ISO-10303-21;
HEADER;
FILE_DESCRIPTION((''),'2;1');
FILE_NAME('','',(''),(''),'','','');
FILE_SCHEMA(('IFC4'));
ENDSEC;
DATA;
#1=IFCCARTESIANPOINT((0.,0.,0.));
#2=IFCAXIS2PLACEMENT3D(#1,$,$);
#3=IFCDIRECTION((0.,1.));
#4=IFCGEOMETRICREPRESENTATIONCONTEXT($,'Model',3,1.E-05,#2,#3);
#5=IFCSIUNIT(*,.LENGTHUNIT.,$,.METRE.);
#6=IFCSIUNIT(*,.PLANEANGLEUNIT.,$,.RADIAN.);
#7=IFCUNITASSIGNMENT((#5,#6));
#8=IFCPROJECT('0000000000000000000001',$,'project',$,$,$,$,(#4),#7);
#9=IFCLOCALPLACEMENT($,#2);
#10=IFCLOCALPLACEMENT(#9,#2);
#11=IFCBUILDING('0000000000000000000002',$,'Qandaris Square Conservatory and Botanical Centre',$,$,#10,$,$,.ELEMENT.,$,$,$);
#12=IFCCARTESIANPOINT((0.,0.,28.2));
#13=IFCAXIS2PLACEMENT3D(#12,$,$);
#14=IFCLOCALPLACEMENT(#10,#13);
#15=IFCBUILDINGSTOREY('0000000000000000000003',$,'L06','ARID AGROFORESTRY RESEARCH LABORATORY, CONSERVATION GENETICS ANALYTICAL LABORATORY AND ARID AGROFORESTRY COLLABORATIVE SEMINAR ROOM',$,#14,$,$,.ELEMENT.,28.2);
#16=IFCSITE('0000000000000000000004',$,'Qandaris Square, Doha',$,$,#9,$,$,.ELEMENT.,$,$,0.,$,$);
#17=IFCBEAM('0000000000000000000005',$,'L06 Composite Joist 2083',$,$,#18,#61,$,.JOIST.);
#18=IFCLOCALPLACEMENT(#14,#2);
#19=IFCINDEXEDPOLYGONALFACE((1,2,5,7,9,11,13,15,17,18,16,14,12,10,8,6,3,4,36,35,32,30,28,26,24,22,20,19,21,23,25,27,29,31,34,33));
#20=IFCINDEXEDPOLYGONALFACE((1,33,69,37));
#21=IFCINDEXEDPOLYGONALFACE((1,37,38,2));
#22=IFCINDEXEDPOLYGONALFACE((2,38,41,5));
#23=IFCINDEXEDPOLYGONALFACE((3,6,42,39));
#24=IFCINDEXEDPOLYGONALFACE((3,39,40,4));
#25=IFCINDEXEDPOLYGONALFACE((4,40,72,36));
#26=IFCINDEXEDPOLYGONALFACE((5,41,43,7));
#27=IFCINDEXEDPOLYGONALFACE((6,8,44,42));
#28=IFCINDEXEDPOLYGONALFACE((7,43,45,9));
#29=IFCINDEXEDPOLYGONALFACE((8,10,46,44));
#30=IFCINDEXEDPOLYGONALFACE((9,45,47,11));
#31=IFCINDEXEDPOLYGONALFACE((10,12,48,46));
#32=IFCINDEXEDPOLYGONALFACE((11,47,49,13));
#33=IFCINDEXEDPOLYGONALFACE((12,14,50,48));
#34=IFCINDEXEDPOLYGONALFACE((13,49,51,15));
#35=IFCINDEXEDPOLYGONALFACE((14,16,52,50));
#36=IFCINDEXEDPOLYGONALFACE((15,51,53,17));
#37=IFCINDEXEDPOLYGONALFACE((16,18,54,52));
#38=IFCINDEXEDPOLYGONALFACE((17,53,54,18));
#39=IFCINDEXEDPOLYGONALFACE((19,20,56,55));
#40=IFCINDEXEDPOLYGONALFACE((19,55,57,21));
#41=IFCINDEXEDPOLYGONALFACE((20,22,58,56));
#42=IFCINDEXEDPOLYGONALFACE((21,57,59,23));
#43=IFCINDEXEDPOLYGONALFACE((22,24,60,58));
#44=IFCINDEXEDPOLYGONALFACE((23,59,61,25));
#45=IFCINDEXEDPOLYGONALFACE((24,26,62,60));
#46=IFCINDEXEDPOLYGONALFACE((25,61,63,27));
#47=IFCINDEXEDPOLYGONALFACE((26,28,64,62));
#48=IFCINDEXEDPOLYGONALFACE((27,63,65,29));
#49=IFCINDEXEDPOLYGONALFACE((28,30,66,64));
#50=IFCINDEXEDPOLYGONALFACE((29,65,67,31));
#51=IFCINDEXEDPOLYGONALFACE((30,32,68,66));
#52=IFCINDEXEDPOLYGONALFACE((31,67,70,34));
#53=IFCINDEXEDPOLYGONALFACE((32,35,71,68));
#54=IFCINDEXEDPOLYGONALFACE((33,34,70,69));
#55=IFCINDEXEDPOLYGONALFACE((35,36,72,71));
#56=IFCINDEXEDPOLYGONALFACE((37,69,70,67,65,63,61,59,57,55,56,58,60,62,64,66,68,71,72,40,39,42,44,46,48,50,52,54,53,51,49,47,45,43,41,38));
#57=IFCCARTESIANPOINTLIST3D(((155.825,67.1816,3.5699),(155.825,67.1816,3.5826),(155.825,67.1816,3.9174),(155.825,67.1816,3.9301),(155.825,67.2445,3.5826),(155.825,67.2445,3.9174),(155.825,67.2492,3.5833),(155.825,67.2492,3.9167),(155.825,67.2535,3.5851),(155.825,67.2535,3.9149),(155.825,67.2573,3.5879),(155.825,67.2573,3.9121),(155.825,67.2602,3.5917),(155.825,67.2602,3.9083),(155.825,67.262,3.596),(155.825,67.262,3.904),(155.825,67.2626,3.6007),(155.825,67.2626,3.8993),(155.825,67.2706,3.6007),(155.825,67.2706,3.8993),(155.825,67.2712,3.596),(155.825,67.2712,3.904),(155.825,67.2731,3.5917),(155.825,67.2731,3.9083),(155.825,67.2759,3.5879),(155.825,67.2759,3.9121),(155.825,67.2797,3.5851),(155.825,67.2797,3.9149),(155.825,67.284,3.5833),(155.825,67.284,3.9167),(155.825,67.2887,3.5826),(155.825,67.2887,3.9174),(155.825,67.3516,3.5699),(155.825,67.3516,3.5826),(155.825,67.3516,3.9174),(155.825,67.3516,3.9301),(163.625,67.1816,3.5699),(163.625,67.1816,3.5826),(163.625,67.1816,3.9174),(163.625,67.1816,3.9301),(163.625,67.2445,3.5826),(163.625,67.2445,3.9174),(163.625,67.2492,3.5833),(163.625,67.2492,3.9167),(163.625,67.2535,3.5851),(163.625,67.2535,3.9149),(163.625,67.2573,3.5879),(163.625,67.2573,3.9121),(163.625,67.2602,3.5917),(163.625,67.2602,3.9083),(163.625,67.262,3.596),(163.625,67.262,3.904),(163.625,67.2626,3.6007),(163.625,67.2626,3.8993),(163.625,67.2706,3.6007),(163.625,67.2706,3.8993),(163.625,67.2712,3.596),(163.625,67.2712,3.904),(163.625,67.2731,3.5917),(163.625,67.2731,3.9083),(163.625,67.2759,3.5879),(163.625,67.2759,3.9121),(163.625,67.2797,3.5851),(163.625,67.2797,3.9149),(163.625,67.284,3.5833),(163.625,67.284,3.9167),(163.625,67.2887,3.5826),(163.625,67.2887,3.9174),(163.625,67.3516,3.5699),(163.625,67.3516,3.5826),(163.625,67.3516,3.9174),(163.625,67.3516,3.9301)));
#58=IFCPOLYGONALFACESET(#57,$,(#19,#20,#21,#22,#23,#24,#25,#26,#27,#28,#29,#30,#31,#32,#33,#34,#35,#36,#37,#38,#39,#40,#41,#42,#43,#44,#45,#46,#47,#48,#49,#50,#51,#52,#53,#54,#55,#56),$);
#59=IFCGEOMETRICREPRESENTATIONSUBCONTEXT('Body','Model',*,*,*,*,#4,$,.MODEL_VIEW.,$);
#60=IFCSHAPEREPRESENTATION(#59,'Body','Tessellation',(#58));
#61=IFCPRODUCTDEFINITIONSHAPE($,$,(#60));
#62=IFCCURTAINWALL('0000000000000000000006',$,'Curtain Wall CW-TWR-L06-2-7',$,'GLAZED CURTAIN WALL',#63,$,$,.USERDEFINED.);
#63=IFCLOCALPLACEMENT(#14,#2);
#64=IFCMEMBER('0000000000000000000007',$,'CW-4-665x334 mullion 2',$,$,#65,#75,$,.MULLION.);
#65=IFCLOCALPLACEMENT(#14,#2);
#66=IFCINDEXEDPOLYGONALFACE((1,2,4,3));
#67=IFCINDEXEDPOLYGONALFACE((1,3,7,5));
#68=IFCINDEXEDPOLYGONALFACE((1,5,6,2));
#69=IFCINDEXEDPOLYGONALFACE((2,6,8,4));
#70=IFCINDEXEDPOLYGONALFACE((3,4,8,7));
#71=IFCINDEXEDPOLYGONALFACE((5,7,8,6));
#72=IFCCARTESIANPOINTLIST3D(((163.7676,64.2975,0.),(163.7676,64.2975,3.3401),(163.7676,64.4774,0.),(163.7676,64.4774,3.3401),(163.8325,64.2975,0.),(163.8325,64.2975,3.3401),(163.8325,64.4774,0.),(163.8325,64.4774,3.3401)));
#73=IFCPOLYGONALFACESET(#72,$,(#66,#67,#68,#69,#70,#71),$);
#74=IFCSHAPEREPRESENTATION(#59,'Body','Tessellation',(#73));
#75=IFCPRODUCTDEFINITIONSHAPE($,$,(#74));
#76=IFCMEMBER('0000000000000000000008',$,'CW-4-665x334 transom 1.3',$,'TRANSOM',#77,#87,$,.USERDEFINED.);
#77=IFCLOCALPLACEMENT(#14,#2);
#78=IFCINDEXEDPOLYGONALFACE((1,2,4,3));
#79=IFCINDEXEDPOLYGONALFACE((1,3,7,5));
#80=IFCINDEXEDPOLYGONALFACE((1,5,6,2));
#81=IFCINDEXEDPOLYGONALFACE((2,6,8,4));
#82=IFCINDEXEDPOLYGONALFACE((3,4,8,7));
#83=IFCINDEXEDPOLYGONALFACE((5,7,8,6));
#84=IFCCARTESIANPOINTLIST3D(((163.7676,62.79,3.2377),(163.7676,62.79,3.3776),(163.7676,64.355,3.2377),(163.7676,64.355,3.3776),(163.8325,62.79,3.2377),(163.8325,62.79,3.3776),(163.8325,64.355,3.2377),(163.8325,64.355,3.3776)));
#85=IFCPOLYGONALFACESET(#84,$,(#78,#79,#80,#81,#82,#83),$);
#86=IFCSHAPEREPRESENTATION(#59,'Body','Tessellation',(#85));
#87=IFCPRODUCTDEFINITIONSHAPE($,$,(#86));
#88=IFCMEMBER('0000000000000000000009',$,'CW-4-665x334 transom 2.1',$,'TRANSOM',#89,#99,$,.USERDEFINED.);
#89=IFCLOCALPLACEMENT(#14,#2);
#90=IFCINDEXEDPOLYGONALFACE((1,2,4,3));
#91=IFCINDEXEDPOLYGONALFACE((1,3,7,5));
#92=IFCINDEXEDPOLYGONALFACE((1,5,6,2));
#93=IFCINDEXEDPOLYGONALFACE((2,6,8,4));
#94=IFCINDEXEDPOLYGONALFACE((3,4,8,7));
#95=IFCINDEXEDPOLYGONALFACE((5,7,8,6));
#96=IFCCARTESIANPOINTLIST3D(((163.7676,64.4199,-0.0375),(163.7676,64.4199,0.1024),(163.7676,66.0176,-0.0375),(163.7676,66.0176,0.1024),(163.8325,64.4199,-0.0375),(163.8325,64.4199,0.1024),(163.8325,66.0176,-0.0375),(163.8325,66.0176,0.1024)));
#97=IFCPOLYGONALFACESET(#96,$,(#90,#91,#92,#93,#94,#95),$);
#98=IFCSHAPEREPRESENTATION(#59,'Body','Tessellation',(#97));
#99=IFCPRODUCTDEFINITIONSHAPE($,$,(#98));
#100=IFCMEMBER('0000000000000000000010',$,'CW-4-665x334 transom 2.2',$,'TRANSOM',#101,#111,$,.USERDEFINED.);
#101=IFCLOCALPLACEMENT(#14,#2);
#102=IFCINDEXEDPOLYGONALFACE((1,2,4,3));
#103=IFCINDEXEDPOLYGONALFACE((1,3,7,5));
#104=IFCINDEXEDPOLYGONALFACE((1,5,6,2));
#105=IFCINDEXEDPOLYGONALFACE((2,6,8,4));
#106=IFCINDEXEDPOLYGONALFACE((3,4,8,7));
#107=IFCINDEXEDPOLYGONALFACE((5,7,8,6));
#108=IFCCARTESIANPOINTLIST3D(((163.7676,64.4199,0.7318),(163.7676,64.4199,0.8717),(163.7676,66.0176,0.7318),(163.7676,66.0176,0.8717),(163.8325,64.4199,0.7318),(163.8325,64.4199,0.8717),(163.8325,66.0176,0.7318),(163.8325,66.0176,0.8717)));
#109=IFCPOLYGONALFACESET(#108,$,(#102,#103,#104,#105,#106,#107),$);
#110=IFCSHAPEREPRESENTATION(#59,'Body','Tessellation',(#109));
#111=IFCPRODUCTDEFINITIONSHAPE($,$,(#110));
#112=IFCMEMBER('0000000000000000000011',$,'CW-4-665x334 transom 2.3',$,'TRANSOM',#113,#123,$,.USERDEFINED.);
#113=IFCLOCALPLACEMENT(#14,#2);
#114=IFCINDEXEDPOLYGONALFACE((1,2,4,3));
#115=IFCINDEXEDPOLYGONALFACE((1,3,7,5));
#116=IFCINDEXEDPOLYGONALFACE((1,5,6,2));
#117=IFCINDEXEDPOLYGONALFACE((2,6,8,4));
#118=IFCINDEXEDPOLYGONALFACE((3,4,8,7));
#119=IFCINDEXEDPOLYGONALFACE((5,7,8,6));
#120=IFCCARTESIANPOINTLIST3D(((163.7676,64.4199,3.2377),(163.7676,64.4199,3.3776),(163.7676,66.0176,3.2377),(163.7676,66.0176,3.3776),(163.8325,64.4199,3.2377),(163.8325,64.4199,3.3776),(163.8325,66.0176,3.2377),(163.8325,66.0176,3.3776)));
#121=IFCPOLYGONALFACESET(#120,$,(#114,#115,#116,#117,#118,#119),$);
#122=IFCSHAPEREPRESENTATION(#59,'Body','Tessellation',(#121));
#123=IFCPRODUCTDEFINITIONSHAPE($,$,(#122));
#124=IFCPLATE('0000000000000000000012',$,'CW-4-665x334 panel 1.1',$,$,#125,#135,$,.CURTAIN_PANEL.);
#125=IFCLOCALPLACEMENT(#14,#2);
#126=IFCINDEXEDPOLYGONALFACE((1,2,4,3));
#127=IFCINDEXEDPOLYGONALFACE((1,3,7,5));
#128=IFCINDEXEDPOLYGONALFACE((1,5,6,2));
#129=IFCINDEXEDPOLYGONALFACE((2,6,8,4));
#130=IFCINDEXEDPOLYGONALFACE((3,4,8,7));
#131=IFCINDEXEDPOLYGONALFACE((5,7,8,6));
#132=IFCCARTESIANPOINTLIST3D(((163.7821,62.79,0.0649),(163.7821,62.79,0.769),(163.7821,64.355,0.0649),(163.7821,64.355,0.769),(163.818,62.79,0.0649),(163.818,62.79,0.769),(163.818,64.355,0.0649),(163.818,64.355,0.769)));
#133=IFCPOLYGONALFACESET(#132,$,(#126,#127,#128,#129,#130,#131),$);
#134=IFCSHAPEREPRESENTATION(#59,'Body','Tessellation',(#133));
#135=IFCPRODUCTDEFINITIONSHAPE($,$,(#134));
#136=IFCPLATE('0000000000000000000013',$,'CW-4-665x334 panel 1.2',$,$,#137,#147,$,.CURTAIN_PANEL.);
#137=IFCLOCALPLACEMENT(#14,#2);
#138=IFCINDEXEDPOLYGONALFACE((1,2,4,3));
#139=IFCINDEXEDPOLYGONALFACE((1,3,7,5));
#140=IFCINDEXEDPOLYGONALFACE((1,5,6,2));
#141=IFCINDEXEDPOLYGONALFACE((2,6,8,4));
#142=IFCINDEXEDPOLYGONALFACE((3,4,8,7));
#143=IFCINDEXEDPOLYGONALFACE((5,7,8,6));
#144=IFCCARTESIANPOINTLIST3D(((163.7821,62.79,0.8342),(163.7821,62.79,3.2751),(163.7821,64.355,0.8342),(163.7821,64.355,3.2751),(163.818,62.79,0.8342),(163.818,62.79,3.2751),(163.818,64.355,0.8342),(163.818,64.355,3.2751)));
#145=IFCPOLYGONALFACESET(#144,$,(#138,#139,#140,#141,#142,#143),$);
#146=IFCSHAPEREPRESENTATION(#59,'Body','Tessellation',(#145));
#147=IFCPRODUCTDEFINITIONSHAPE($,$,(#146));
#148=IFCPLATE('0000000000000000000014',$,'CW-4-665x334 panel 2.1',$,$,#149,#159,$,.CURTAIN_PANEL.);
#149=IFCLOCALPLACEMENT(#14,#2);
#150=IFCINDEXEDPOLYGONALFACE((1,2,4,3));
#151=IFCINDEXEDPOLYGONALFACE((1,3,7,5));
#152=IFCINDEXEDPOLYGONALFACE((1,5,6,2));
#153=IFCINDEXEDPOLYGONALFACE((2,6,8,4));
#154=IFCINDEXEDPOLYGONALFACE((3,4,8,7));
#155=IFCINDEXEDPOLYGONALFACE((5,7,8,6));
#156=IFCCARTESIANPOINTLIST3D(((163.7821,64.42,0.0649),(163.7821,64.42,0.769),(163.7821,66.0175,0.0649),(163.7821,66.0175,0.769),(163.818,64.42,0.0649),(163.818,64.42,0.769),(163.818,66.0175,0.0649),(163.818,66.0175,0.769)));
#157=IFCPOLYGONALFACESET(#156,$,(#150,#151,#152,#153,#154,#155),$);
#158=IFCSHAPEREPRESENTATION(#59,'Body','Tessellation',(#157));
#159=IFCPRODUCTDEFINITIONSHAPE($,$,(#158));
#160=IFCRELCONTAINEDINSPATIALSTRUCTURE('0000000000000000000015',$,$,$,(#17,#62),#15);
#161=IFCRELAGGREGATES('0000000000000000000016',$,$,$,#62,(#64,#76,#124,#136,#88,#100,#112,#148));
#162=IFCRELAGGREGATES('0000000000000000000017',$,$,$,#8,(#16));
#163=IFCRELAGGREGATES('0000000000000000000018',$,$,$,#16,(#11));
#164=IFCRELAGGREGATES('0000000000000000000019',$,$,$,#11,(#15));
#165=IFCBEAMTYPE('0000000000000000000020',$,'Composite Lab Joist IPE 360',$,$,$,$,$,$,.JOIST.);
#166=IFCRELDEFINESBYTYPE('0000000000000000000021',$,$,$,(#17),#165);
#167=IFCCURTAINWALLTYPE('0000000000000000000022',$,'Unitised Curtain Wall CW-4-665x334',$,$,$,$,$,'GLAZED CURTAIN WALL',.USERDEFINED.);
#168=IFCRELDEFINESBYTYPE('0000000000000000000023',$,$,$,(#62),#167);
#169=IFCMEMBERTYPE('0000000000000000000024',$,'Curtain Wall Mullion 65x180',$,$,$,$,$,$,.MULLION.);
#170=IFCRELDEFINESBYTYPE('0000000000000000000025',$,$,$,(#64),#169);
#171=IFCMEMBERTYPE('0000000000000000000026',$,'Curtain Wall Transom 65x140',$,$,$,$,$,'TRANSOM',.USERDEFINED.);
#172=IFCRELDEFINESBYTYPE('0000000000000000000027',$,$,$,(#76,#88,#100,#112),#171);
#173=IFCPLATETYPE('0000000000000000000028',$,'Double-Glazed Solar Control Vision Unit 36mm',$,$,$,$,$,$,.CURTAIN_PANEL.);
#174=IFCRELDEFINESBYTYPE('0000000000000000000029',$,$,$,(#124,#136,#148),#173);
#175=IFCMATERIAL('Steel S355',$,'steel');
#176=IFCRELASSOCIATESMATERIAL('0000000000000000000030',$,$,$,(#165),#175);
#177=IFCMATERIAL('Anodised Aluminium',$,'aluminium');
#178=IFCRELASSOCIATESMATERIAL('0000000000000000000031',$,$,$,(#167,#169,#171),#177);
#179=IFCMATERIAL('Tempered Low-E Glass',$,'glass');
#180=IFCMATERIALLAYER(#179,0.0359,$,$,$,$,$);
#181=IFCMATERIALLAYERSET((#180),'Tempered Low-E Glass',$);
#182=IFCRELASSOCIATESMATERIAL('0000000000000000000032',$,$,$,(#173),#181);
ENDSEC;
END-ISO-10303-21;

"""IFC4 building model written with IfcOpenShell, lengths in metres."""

from ifc_helpers import new_model, si_unit, direction, frame, origin, origin_2d, place, context, subcontext, project, spatial, rectangle, i_section, extrude, material, layer, layer_set, material_profile, profile_set, type_object, element, aggregate, save


model = new_model("IFC4")

# Units and contexts
model_context = context("Model", 3, precision=1e-05, world=origin(), true_north=direction((0.0, 1.0)))
body_context = subcontext(model_context, "Body", "Model", "MODEL_VIEW")
ifc_project = project(units=[si_unit("LENGTHUNIT", "METRE"), si_unit("PLANEANGLEUNIT", "RADIAN")], contexts=[model_context])

# Site, building, storey
site_placement = place(None, origin())
site = spatial("IfcSite", under=ifc_project, at=site_placement, Name="Qandaris Square, Doha", CompositionType="ELEMENT", RefElevation=0.0)
building_placement = place(site_placement, origin())
building = spatial("IfcBuilding", under=site, at=building_placement, Name="Qandaris Square Conservatory and Botanical Centre", CompositionType="ELEMENT")
storey_placement = place(building_placement, frame((0.0, 0.0, 28.2)))
storey = spatial("IfcBuildingStorey", under=building, at=storey_placement, Name="L06", Description="ARID AGROFORESTRY RESEARCH LABORATORY, CONSERVATION GENETICS ANALYTICAL LABORATORY AND ARID AGROFORESTRY COLLABORATIVE SEMINAR ROOM", CompositionType="ELEMENT", Elevation=28.2)

# Beam
ifc_material_1 = material(Name="Steel S355", Category="steel")
ifc_material_profile_1 = material_profile(ifc_material_1, i_section(OverallWidth=0.1699, OverallDepth=0.3601, WebThickness=0.0081, FlangeThickness=0.0127, FilletRadius=0.0181, at=origin_2d()), Name="IPE 360")
ifc_profile_set_1 = profile_set([ifc_material_profile_1], Name="Steel S355")
beam_type_1 = type_object("IfcBeamType", Name="Composite Lab Joist IPE 360", PredefinedType="JOIST", material=ifc_profile_set_1)
beam_1_placement = place(storey_placement, frame((155.825, 67.2666, 3.75), z_axis=(1.0, 0.0, 0.0), x_axis=(0.0, 1.0, 0.0)))
element("IfcBeam", 1, at=beam_1_placement, inside=storey, type_object=beam_type_1, Name="L06 Composite Joist 2083", PredefinedType="JOIST", context=body_context, shape_type="SweptSolid", body=[
    extrude(i_section(OverallWidth=0.1699, OverallDepth=0.3601, WebThickness=0.0081, FlangeThickness=0.0127, FilletRadius=0.0181, at=origin_2d()), origin(), (0.0, 0.0, 1.0), 7.8),
])

# Curtain wall, members, plates
ifc_material_2 = material(Name="Anodised Aluminium", Category="aluminium")
curtain_wall_type = type_object("IfcCurtainWallType", Name="Unitised Curtain Wall CW-4-665x334", ElementType="GLAZED CURTAIN WALL", PredefinedType="USERDEFINED", material=ifc_material_2)
curtain_wall_placement = place(storey_placement, origin())
curtain_wall = element("IfcCurtainWall", 2, at=curtain_wall_placement, inside=storey, type_object=curtain_wall_type, Name="Curtain Wall CW-TWR-L06-2-7", ObjectType="GLAZED CURTAIN WALL", PredefinedType="USERDEFINED")
ifc_material_profile_2 = material_profile(ifc_material_2, rectangle(XDim=0.0649, YDim=0.1799, at=origin_2d()), Name="ALU-MUL 65x180")
ifc_profile_set_2 = profile_set([ifc_material_profile_2], Name="Anodised Aluminium")
member_type_1 = type_object("IfcMemberType", Name="Curtain Wall Mullion 65x180", PredefinedType="MULLION", material=ifc_profile_set_2)
member_1_placement = place(storey_placement, frame((163.8, 64.3875, 0.0), z_axis=(0.0, 0.0, 1.0), x_axis=(-1.0, 0.0, 0.0)))
member_1 = element("IfcMember", 3, at=member_1_placement, type_object=member_type_1, Name="CW-4-665x334 mullion 2", PredefinedType="MULLION", context=body_context, shape_type="SweptSolid", body=[
    extrude(rectangle(XDim=0.0649, YDim=0.1799, at=origin_2d()), origin(), (0.0, 0.0, 1.0), 3.3401),
])
ifc_material_profile_3 = material_profile(ifc_material_2, rectangle(XDim=0.0649, YDim=0.1399, at=origin_2d()), Name="ALU-TRN 65x140")
ifc_profile_set_3 = profile_set([ifc_material_profile_3], Name="Anodised Aluminium")
member_type_2 = type_object("IfcMemberType", Name="Curtain Wall Transom 65x140", ElementType="TRANSOM", PredefinedType="USERDEFINED", material=ifc_profile_set_3)
member_2_placement = place(storey_placement, frame((163.8, 62.79, 3.3076), z_axis=(0.0, 1.0, 0.0), x_axis=(-1.0, 0.0, 0.0)))
member_2 = element("IfcMember", 4, at=member_2_placement, type_object=member_type_2, Name="CW-4-665x334 transom 1.3", ObjectType="TRANSOM", PredefinedType="USERDEFINED", context=body_context, shape_type="SweptSolid", body=[
    extrude(rectangle(XDim=0.0649, YDim=0.1399, at=origin_2d()), origin(), (0.0, 0.0, 1.0), 1.5649),
])
member_3_placement = place(storey_placement, frame((163.8, 64.4199, 0.0325), z_axis=(0.0, 1.0, 0.0), x_axis=(-1.0, 0.0, 0.0)))
member_3 = element("IfcMember", 5, at=member_3_placement, type_object=member_type_2, Name="CW-4-665x334 transom 2.1", ObjectType="TRANSOM", PredefinedType="USERDEFINED", context=body_context, shape_type="SweptSolid", body=[
    extrude(rectangle(XDim=0.0649, YDim=0.1399, at=origin_2d()), origin(), (0.0, 0.0, 1.0), 1.5977),
])
member_4_placement = place(storey_placement, frame((163.8, 64.4199, 0.8018), z_axis=(0.0, 1.0, 0.0), x_axis=(-1.0, 0.0, 0.0)))
member_4 = element("IfcMember", 6, at=member_4_placement, type_object=member_type_2, Name="CW-4-665x334 transom 2.2", ObjectType="TRANSOM", PredefinedType="USERDEFINED", context=body_context, shape_type="SweptSolid", body=[
    extrude(rectangle(XDim=0.0649, YDim=0.1399, at=origin_2d()), origin(), (0.0, 0.0, 1.0), 1.5977),
])
member_5_placement = place(storey_placement, frame((163.8, 64.4199, 3.3076), z_axis=(0.0, 1.0, 0.0), x_axis=(-1.0, 0.0, 0.0)))
member_5 = element("IfcMember", 7, at=member_5_placement, type_object=member_type_2, Name="CW-4-665x334 transom 2.3", ObjectType="TRANSOM", PredefinedType="USERDEFINED", context=body_context, shape_type="SweptSolid", body=[
    extrude(rectangle(XDim=0.0649, YDim=0.1399, at=origin_2d()), origin(), (0.0, 0.0, 1.0), 1.5977),
])
ifc_material_3 = material(Name="Tempered Low-E Glass", Category="glass")
ifc_layer_1 = layer(ifc_material_3, 0.0359)
ifc_layer_set_1 = layer_set([ifc_layer_1], Name="Tempered Low-E Glass")
plate_type = type_object("IfcPlateType", Name="Double-Glazed Solar Control Vision Unit 36mm", PredefinedType="CURTAIN_PANEL", material=ifc_layer_set_1)
plate_1_placement = place(storey_placement, frame((163.8, 63.5725, 0.0649), z_axis=(0.0, 0.0, 1.0), x_axis=(0.0, 1.0, 0.0)))
plate_1 = element("IfcPlate", 8, at=plate_1_placement, type_object=plate_type, Name="CW-4-665x334 panel 1.1", PredefinedType="CURTAIN_PANEL", context=body_context, shape_type="SweptSolid", body=[
    extrude(rectangle(XDim=1.5649, YDim=0.0359, at=origin_2d()), origin(), (0.0, 0.0, 1.0), 0.7041),
])
plate_2_placement = place(storey_placement, frame((163.8, 63.5725, 0.8342), z_axis=(0.0, 0.0, 1.0), x_axis=(0.0, 1.0, 0.0)))
plate_2 = element("IfcPlate", 9, at=plate_2_placement, type_object=plate_type, Name="CW-4-665x334 panel 1.2", PredefinedType="CURTAIN_PANEL", context=body_context, shape_type="SweptSolid", body=[
    extrude(rectangle(XDim=1.5649, YDim=0.0359, at=origin_2d()), origin(), (0.0, 0.0, 1.0), 2.4409),
])
plate_3_placement = place(storey_placement, frame((163.8, 65.2188, 0.0649), z_axis=(0.0, 0.0, 1.0), x_axis=(0.0, 1.0, 0.0)))
plate_3 = element("IfcPlate", 10, at=plate_3_placement, type_object=plate_type, Name="CW-4-665x334 panel 2.1", PredefinedType="CURTAIN_PANEL", context=body_context, shape_type="SweptSolid", body=[
    extrude(rectangle(XDim=1.5974, YDim=0.0359, at=origin_2d()), origin(), (0.0, 0.0, 1.0), 0.7041),
])
aggregate(curtain_wall, [member_1, member_2, plate_1, plate_2, member_3, member_4, member_5, plate_3])

save(model, "model.ifc")
